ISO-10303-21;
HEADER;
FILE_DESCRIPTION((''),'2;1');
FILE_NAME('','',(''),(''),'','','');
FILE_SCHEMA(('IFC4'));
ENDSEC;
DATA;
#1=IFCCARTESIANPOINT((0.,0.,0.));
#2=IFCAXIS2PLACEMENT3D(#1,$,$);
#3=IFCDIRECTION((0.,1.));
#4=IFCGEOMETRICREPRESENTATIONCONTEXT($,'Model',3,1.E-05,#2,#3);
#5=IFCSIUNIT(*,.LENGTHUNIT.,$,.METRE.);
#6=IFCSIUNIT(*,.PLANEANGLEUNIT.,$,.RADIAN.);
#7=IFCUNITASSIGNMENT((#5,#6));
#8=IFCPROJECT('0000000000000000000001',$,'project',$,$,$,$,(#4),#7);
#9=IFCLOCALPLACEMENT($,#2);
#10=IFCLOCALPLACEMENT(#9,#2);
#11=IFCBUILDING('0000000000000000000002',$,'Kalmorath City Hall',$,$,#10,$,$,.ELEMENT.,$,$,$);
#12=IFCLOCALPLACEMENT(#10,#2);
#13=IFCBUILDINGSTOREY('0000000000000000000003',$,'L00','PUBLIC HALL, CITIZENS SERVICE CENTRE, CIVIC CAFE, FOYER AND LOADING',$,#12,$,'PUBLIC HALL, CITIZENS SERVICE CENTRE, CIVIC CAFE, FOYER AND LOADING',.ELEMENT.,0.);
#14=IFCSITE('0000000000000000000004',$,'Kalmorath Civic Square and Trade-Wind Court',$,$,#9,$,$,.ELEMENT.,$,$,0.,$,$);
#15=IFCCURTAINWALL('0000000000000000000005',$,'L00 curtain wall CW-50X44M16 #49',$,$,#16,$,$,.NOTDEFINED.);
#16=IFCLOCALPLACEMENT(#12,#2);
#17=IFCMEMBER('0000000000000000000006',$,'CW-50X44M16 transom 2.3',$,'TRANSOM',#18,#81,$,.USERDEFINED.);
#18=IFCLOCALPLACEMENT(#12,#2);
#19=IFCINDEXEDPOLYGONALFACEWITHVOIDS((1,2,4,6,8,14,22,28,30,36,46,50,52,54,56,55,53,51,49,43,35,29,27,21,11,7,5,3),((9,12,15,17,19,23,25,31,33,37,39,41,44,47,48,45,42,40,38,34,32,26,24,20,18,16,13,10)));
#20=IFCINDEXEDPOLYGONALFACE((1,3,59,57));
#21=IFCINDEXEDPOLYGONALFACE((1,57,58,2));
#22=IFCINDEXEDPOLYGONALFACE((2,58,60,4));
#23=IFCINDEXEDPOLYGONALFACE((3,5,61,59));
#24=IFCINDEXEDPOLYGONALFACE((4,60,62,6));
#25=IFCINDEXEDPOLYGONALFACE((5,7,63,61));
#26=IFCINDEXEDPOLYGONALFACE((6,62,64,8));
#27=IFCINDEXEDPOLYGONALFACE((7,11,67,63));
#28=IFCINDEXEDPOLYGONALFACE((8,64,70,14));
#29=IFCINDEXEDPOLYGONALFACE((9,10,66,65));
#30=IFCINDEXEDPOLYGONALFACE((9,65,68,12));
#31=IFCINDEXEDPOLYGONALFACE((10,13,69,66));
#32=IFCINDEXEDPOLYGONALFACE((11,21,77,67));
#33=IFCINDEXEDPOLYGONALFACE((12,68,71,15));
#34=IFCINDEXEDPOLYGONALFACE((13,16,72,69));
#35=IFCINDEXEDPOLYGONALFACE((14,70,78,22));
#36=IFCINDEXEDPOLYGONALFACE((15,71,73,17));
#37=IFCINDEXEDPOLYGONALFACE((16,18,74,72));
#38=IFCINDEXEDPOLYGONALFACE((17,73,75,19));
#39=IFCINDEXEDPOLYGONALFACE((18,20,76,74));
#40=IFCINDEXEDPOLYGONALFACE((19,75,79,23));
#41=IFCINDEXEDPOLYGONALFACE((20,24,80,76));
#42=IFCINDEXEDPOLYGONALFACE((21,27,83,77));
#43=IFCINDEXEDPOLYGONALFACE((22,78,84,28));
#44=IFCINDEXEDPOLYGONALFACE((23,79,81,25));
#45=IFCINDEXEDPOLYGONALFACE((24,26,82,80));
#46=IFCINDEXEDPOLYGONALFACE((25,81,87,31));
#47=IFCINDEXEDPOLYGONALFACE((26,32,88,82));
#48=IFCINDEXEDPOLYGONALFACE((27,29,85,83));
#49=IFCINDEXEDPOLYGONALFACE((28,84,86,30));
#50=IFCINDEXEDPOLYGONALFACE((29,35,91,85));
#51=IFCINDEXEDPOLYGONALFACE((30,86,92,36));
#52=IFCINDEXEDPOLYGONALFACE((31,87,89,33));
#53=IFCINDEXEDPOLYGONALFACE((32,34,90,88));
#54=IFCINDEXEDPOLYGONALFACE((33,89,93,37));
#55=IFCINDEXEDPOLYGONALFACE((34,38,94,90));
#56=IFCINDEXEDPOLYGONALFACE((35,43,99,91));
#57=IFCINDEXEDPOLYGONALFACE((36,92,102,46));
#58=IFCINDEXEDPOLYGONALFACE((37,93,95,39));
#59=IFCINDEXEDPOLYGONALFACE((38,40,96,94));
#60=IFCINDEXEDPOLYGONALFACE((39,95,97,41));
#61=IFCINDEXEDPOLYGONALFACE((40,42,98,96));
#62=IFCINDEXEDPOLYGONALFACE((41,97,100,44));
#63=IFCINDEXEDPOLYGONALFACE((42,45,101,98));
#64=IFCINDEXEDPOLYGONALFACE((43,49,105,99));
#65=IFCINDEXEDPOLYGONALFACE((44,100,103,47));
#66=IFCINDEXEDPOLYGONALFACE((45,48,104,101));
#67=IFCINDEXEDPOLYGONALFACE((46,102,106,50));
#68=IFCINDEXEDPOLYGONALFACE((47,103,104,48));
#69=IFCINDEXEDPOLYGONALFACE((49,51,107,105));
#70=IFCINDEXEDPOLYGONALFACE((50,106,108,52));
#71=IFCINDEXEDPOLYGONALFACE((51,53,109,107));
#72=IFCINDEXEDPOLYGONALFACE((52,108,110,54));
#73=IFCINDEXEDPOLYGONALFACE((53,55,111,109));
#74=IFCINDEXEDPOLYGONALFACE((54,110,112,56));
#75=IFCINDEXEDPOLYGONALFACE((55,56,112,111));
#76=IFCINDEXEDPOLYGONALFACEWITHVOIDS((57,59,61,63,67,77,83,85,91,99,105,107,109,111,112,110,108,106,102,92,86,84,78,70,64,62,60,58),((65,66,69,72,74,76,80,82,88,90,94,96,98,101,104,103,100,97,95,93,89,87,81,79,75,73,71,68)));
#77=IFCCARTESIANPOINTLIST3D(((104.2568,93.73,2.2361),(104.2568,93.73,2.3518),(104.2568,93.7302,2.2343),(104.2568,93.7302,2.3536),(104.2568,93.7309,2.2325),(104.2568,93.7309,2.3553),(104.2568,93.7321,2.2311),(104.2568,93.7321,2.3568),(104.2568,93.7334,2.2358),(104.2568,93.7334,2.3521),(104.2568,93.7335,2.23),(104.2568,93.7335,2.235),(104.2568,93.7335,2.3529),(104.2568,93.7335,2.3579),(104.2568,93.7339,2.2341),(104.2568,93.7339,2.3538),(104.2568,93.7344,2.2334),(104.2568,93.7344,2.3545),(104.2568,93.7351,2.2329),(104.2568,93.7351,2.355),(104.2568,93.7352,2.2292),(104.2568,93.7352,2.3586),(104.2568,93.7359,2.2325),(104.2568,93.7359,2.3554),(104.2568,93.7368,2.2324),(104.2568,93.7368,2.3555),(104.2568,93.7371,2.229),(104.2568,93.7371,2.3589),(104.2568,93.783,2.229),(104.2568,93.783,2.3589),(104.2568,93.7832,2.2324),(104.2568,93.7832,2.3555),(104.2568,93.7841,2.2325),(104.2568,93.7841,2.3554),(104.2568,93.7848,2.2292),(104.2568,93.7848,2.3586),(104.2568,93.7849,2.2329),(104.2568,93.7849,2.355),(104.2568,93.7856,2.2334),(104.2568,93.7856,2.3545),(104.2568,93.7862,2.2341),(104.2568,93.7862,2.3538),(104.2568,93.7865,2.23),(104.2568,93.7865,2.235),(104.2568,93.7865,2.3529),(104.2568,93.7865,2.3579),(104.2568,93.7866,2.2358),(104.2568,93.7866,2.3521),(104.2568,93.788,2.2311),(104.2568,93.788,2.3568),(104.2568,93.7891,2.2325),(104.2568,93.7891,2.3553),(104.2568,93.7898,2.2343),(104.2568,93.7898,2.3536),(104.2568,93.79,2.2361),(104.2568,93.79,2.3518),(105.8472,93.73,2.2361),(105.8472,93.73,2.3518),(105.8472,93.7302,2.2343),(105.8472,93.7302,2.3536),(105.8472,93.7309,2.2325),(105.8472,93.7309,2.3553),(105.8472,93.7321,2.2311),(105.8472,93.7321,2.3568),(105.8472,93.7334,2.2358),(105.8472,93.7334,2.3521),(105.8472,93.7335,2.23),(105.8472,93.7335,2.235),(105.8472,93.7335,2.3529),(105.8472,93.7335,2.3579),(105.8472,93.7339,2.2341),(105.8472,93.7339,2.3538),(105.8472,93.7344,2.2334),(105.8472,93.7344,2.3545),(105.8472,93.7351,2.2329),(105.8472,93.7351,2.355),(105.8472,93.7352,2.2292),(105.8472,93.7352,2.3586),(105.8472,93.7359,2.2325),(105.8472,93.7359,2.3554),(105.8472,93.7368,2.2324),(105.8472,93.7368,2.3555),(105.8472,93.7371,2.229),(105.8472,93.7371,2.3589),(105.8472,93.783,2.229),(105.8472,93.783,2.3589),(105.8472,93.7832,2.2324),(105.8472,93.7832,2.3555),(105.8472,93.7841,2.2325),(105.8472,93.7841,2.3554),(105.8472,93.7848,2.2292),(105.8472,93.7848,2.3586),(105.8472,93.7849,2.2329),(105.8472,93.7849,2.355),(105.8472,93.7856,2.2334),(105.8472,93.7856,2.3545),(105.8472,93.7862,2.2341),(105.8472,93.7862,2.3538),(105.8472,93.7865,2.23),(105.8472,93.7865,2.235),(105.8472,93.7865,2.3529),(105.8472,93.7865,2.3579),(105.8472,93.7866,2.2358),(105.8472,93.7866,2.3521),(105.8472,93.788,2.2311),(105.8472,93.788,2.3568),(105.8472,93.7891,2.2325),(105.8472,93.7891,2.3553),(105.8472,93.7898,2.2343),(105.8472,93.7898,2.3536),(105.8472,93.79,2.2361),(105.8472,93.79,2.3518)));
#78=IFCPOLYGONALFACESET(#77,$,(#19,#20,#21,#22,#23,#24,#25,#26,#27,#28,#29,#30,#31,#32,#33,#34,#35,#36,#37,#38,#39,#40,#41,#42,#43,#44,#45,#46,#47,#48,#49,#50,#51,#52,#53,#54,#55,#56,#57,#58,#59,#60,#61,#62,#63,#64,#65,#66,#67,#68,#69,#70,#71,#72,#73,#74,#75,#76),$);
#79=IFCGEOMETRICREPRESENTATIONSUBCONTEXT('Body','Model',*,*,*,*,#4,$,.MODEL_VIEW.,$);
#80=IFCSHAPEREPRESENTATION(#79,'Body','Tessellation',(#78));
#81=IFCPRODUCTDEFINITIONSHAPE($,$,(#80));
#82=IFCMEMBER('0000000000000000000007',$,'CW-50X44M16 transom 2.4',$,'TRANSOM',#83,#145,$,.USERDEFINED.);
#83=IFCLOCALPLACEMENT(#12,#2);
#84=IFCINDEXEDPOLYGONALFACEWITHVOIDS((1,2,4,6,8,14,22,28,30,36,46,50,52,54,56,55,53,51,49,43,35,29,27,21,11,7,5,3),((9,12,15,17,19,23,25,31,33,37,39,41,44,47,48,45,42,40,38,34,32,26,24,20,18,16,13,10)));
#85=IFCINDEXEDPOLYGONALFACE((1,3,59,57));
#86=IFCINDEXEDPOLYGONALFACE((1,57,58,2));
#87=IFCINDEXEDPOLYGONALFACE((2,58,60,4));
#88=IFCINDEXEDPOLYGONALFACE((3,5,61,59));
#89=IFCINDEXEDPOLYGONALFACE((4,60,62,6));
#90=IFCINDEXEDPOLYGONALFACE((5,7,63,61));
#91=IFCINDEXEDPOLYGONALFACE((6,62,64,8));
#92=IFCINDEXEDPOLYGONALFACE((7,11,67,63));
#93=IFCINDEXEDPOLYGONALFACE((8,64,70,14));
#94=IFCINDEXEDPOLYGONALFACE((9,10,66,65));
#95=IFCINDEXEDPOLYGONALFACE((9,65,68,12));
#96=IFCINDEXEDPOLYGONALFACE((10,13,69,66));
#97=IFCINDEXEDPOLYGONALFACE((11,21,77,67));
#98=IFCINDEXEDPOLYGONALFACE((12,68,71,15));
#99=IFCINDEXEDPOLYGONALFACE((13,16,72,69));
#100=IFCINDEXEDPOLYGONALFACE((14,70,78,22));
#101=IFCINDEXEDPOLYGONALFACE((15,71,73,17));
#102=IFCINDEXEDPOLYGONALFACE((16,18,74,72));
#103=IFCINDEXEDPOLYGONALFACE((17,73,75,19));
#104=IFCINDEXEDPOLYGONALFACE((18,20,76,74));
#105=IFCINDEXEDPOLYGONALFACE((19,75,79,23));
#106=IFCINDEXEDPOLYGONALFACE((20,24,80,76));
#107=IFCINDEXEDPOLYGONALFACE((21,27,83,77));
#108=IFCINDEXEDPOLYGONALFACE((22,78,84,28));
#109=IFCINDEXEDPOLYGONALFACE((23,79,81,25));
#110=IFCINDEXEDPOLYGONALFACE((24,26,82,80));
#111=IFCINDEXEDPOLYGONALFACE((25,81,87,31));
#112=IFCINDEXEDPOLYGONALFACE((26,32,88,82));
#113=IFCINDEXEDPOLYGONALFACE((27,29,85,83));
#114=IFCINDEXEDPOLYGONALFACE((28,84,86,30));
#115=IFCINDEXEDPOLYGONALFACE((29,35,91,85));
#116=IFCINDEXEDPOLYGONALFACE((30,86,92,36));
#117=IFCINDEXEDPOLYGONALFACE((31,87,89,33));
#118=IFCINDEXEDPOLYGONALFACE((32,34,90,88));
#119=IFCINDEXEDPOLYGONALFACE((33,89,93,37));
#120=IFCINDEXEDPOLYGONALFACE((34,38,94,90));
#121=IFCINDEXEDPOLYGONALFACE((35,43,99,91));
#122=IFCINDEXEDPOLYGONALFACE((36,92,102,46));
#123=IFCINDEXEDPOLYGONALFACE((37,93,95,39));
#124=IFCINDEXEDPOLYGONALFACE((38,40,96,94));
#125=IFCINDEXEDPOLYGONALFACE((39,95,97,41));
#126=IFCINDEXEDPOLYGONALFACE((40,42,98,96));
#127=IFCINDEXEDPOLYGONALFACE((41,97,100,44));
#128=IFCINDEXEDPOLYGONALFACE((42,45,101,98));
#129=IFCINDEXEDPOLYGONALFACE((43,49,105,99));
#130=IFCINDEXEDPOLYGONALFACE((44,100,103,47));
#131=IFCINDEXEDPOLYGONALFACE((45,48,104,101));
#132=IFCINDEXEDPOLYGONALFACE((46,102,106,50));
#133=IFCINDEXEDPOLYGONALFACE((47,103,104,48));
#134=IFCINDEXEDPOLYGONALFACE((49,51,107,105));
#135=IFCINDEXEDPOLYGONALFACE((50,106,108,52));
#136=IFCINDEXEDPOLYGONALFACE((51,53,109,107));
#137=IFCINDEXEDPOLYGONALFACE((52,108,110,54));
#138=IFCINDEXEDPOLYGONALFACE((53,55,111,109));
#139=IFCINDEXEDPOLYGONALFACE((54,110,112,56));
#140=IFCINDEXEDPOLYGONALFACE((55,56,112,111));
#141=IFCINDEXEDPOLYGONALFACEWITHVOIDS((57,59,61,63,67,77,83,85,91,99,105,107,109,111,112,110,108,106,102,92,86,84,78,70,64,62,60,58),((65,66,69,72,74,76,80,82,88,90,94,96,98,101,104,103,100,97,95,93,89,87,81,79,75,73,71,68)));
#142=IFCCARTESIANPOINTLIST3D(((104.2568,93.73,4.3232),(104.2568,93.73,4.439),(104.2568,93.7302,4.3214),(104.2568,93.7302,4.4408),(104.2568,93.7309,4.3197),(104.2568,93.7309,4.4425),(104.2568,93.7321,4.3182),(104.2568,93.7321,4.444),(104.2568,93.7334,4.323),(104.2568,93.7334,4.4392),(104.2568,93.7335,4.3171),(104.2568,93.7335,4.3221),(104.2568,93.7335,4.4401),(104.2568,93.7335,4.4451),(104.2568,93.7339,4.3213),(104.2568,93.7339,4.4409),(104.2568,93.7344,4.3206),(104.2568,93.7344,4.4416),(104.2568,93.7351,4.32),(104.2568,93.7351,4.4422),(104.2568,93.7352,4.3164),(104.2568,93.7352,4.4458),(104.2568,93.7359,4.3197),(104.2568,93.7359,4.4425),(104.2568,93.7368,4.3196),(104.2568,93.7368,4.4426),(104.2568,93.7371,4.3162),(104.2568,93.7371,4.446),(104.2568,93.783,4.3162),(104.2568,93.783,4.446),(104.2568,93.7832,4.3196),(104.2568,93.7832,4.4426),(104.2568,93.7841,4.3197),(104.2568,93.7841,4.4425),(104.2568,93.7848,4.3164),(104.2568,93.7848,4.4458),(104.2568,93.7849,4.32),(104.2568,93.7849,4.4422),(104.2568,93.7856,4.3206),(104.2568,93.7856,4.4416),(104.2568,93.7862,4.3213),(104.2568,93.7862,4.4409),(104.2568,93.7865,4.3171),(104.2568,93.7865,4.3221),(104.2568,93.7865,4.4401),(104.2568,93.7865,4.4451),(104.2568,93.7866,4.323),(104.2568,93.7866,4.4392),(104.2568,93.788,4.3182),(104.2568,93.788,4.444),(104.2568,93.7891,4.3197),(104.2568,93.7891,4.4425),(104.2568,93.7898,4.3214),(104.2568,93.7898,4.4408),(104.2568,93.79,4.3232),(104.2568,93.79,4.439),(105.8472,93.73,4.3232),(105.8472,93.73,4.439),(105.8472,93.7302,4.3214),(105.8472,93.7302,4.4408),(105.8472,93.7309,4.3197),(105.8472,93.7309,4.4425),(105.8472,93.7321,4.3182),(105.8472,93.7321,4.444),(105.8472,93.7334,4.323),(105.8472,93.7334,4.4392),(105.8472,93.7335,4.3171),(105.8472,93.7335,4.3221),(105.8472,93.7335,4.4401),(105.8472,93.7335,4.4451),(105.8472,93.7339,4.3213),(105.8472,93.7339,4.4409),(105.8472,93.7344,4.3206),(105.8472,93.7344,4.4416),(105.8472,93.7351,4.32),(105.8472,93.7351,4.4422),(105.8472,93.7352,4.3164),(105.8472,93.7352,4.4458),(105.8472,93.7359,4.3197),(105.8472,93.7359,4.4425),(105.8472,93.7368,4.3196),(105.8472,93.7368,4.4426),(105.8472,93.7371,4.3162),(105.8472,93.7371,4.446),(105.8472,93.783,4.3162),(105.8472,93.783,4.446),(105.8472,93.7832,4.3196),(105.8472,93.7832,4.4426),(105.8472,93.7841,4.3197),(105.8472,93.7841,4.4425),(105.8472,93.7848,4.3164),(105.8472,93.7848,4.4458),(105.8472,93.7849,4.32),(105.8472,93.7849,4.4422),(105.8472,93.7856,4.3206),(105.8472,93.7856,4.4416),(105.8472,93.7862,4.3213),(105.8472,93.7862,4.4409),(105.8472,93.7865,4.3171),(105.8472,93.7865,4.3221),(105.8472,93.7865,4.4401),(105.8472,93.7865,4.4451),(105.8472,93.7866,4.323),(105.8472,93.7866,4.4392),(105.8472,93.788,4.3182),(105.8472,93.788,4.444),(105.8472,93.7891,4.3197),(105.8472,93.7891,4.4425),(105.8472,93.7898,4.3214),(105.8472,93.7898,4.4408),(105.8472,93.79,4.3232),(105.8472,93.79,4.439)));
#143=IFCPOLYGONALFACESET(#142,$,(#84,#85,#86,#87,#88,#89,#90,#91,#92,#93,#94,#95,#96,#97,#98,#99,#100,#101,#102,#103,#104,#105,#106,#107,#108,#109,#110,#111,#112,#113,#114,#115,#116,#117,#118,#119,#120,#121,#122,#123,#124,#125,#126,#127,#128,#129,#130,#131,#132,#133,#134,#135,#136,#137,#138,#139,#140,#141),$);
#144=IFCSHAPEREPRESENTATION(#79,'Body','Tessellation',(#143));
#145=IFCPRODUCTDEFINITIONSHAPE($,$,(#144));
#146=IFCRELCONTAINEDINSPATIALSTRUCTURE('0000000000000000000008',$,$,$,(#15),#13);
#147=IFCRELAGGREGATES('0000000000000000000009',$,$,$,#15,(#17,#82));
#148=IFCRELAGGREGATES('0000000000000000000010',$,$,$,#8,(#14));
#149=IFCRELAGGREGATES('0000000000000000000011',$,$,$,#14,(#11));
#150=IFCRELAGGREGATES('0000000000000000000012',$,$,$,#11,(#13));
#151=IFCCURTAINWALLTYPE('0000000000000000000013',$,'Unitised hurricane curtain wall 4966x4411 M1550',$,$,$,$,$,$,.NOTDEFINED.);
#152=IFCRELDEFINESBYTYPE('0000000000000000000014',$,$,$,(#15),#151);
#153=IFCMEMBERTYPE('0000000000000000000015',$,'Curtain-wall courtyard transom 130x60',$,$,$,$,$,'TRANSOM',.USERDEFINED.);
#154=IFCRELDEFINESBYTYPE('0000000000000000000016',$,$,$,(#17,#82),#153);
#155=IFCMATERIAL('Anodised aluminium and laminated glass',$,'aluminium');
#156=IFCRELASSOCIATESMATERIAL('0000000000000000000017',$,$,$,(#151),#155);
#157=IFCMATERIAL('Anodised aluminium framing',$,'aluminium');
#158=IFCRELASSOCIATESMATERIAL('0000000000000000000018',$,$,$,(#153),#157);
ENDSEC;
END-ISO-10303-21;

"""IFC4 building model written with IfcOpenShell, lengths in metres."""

from ifc_helpers import new_model, si_unit, direction, frame, origin, origin_2d, place, context, subcontext, project, spatial, hollow_rectangle, extrude, material, material_profile, profile_set, type_object, element, aggregate, save


model = new_model("IFC4")

# Units and contexts
model_context = context("Model", 3, precision=1e-05, world=origin(), true_north=direction((0.0, 1.0)))
body_context = subcontext(model_context, "Body", "Model", "MODEL_VIEW")
ifc_project = project(units=[si_unit("LENGTHUNIT", "METRE"), si_unit("PLANEANGLEUNIT", "RADIAN")], contexts=[model_context])

# Site, building, storey
site_placement = place(None, origin())
site = spatial("IfcSite", under=ifc_project, at=site_placement, Name="Kalmorath Civic Square and Trade-Wind Court", CompositionType="ELEMENT", RefElevation=0.0)
building_placement = place(site_placement, origin())
building = spatial("IfcBuilding", under=site, at=building_placement, Name="Kalmorath City Hall", CompositionType="ELEMENT")
storey_placement = place(building_placement, origin())
storey = spatial("IfcBuildingStorey", under=building, at=storey_placement, Name="L00", Description="PUBLIC HALL, CITIZENS SERVICE CENTRE, CIVIC CAFE, FOYER AND LOADING", LongName="PUBLIC HALL, CITIZENS SERVICE CENTRE, CIVIC CAFE, FOYER AND LOADING", CompositionType="ELEMENT", Elevation=0.0)

# Curtain wall, members
ifc_material_1 = material(Name="Anodised aluminium and laminated glass", Category="aluminium")
curtain_wall_type = type_object("IfcCurtainWallType", Name="Unitised hurricane curtain wall 4966x4411 M1550", PredefinedType="NOTDEFINED", material=ifc_material_1)
curtain_wall_placement = place(storey_placement, origin())
curtain_wall = element("IfcCurtainWall", 1, at=curtain_wall_placement, inside=storey, type_object=curtain_wall_type, Name="L00 curtain wall CW-50X44M16 #49", PredefinedType="NOTDEFINED")
ifc_material_2 = material(Name="Anodised aluminium framing", Category="aluminium")
ifc_material_profile_1 = material_profile(ifc_material_2, hollow_rectangle(XDim=0.0601, YDim=0.1299, WallThickness=0.0034, InnerFilletRadius=0.0034, OuterFilletRadius=0.0071, at=origin_2d()), Name="ALU-TRN-130X60X3.5")
ifc_profile_set_1 = profile_set([ifc_material_profile_1], Name="Anodised aluminium framing")
member_type_1 = type_object("IfcMemberType", Name="Curtain-wall courtyard transom 130x60", ElementType="TRANSOM", PredefinedType="USERDEFINED", material=ifc_profile_set_1)
member_1_placement = place(storey_placement, frame((105.8472, 93.76, 2.2939), z_axis=(-1.0, 0.0, 0.0), x_axis=(0.0, -1.0, 0.0)))
member_1 = element("IfcMember", 2, at=member_1_placement, type_object=member_type_1, Name="CW-50X44M16 transom 2.3", ObjectType="TRANSOM", PredefinedType="USERDEFINED", context=body_context, shape_type="SweptSolid", body=[
    extrude(hollow_rectangle(XDim=0.0601, YDim=0.1299, WallThickness=0.0034, InnerFilletRadius=0.0034, OuterFilletRadius=0.0071, at=origin_2d()), origin(), (0.0, 0.0, 1.0), 1.5903),
])
member_2_placement = place(storey_placement, frame((105.8472, 93.76, 4.3811), z_axis=(-1.0, 0.0, 0.0), x_axis=(0.0, -1.0, 0.0)))
member_2 = element("IfcMember", 3, at=member_2_placement, type_object=member_type_1, Name="CW-50X44M16 transom 2.4", ObjectType="TRANSOM", PredefinedType="USERDEFINED", context=body_context, shape_type="SweptSolid", body=[
    extrude(hollow_rectangle(XDim=0.0601, YDim=0.1299, WallThickness=0.0034, InnerFilletRadius=0.0034, OuterFilletRadius=0.0071, at=origin_2d()), origin(), (0.0, 0.0, 1.0), 1.5903),
])
aggregate(curtain_wall, [member_1, member_2])

save(model, "model.ifc")
